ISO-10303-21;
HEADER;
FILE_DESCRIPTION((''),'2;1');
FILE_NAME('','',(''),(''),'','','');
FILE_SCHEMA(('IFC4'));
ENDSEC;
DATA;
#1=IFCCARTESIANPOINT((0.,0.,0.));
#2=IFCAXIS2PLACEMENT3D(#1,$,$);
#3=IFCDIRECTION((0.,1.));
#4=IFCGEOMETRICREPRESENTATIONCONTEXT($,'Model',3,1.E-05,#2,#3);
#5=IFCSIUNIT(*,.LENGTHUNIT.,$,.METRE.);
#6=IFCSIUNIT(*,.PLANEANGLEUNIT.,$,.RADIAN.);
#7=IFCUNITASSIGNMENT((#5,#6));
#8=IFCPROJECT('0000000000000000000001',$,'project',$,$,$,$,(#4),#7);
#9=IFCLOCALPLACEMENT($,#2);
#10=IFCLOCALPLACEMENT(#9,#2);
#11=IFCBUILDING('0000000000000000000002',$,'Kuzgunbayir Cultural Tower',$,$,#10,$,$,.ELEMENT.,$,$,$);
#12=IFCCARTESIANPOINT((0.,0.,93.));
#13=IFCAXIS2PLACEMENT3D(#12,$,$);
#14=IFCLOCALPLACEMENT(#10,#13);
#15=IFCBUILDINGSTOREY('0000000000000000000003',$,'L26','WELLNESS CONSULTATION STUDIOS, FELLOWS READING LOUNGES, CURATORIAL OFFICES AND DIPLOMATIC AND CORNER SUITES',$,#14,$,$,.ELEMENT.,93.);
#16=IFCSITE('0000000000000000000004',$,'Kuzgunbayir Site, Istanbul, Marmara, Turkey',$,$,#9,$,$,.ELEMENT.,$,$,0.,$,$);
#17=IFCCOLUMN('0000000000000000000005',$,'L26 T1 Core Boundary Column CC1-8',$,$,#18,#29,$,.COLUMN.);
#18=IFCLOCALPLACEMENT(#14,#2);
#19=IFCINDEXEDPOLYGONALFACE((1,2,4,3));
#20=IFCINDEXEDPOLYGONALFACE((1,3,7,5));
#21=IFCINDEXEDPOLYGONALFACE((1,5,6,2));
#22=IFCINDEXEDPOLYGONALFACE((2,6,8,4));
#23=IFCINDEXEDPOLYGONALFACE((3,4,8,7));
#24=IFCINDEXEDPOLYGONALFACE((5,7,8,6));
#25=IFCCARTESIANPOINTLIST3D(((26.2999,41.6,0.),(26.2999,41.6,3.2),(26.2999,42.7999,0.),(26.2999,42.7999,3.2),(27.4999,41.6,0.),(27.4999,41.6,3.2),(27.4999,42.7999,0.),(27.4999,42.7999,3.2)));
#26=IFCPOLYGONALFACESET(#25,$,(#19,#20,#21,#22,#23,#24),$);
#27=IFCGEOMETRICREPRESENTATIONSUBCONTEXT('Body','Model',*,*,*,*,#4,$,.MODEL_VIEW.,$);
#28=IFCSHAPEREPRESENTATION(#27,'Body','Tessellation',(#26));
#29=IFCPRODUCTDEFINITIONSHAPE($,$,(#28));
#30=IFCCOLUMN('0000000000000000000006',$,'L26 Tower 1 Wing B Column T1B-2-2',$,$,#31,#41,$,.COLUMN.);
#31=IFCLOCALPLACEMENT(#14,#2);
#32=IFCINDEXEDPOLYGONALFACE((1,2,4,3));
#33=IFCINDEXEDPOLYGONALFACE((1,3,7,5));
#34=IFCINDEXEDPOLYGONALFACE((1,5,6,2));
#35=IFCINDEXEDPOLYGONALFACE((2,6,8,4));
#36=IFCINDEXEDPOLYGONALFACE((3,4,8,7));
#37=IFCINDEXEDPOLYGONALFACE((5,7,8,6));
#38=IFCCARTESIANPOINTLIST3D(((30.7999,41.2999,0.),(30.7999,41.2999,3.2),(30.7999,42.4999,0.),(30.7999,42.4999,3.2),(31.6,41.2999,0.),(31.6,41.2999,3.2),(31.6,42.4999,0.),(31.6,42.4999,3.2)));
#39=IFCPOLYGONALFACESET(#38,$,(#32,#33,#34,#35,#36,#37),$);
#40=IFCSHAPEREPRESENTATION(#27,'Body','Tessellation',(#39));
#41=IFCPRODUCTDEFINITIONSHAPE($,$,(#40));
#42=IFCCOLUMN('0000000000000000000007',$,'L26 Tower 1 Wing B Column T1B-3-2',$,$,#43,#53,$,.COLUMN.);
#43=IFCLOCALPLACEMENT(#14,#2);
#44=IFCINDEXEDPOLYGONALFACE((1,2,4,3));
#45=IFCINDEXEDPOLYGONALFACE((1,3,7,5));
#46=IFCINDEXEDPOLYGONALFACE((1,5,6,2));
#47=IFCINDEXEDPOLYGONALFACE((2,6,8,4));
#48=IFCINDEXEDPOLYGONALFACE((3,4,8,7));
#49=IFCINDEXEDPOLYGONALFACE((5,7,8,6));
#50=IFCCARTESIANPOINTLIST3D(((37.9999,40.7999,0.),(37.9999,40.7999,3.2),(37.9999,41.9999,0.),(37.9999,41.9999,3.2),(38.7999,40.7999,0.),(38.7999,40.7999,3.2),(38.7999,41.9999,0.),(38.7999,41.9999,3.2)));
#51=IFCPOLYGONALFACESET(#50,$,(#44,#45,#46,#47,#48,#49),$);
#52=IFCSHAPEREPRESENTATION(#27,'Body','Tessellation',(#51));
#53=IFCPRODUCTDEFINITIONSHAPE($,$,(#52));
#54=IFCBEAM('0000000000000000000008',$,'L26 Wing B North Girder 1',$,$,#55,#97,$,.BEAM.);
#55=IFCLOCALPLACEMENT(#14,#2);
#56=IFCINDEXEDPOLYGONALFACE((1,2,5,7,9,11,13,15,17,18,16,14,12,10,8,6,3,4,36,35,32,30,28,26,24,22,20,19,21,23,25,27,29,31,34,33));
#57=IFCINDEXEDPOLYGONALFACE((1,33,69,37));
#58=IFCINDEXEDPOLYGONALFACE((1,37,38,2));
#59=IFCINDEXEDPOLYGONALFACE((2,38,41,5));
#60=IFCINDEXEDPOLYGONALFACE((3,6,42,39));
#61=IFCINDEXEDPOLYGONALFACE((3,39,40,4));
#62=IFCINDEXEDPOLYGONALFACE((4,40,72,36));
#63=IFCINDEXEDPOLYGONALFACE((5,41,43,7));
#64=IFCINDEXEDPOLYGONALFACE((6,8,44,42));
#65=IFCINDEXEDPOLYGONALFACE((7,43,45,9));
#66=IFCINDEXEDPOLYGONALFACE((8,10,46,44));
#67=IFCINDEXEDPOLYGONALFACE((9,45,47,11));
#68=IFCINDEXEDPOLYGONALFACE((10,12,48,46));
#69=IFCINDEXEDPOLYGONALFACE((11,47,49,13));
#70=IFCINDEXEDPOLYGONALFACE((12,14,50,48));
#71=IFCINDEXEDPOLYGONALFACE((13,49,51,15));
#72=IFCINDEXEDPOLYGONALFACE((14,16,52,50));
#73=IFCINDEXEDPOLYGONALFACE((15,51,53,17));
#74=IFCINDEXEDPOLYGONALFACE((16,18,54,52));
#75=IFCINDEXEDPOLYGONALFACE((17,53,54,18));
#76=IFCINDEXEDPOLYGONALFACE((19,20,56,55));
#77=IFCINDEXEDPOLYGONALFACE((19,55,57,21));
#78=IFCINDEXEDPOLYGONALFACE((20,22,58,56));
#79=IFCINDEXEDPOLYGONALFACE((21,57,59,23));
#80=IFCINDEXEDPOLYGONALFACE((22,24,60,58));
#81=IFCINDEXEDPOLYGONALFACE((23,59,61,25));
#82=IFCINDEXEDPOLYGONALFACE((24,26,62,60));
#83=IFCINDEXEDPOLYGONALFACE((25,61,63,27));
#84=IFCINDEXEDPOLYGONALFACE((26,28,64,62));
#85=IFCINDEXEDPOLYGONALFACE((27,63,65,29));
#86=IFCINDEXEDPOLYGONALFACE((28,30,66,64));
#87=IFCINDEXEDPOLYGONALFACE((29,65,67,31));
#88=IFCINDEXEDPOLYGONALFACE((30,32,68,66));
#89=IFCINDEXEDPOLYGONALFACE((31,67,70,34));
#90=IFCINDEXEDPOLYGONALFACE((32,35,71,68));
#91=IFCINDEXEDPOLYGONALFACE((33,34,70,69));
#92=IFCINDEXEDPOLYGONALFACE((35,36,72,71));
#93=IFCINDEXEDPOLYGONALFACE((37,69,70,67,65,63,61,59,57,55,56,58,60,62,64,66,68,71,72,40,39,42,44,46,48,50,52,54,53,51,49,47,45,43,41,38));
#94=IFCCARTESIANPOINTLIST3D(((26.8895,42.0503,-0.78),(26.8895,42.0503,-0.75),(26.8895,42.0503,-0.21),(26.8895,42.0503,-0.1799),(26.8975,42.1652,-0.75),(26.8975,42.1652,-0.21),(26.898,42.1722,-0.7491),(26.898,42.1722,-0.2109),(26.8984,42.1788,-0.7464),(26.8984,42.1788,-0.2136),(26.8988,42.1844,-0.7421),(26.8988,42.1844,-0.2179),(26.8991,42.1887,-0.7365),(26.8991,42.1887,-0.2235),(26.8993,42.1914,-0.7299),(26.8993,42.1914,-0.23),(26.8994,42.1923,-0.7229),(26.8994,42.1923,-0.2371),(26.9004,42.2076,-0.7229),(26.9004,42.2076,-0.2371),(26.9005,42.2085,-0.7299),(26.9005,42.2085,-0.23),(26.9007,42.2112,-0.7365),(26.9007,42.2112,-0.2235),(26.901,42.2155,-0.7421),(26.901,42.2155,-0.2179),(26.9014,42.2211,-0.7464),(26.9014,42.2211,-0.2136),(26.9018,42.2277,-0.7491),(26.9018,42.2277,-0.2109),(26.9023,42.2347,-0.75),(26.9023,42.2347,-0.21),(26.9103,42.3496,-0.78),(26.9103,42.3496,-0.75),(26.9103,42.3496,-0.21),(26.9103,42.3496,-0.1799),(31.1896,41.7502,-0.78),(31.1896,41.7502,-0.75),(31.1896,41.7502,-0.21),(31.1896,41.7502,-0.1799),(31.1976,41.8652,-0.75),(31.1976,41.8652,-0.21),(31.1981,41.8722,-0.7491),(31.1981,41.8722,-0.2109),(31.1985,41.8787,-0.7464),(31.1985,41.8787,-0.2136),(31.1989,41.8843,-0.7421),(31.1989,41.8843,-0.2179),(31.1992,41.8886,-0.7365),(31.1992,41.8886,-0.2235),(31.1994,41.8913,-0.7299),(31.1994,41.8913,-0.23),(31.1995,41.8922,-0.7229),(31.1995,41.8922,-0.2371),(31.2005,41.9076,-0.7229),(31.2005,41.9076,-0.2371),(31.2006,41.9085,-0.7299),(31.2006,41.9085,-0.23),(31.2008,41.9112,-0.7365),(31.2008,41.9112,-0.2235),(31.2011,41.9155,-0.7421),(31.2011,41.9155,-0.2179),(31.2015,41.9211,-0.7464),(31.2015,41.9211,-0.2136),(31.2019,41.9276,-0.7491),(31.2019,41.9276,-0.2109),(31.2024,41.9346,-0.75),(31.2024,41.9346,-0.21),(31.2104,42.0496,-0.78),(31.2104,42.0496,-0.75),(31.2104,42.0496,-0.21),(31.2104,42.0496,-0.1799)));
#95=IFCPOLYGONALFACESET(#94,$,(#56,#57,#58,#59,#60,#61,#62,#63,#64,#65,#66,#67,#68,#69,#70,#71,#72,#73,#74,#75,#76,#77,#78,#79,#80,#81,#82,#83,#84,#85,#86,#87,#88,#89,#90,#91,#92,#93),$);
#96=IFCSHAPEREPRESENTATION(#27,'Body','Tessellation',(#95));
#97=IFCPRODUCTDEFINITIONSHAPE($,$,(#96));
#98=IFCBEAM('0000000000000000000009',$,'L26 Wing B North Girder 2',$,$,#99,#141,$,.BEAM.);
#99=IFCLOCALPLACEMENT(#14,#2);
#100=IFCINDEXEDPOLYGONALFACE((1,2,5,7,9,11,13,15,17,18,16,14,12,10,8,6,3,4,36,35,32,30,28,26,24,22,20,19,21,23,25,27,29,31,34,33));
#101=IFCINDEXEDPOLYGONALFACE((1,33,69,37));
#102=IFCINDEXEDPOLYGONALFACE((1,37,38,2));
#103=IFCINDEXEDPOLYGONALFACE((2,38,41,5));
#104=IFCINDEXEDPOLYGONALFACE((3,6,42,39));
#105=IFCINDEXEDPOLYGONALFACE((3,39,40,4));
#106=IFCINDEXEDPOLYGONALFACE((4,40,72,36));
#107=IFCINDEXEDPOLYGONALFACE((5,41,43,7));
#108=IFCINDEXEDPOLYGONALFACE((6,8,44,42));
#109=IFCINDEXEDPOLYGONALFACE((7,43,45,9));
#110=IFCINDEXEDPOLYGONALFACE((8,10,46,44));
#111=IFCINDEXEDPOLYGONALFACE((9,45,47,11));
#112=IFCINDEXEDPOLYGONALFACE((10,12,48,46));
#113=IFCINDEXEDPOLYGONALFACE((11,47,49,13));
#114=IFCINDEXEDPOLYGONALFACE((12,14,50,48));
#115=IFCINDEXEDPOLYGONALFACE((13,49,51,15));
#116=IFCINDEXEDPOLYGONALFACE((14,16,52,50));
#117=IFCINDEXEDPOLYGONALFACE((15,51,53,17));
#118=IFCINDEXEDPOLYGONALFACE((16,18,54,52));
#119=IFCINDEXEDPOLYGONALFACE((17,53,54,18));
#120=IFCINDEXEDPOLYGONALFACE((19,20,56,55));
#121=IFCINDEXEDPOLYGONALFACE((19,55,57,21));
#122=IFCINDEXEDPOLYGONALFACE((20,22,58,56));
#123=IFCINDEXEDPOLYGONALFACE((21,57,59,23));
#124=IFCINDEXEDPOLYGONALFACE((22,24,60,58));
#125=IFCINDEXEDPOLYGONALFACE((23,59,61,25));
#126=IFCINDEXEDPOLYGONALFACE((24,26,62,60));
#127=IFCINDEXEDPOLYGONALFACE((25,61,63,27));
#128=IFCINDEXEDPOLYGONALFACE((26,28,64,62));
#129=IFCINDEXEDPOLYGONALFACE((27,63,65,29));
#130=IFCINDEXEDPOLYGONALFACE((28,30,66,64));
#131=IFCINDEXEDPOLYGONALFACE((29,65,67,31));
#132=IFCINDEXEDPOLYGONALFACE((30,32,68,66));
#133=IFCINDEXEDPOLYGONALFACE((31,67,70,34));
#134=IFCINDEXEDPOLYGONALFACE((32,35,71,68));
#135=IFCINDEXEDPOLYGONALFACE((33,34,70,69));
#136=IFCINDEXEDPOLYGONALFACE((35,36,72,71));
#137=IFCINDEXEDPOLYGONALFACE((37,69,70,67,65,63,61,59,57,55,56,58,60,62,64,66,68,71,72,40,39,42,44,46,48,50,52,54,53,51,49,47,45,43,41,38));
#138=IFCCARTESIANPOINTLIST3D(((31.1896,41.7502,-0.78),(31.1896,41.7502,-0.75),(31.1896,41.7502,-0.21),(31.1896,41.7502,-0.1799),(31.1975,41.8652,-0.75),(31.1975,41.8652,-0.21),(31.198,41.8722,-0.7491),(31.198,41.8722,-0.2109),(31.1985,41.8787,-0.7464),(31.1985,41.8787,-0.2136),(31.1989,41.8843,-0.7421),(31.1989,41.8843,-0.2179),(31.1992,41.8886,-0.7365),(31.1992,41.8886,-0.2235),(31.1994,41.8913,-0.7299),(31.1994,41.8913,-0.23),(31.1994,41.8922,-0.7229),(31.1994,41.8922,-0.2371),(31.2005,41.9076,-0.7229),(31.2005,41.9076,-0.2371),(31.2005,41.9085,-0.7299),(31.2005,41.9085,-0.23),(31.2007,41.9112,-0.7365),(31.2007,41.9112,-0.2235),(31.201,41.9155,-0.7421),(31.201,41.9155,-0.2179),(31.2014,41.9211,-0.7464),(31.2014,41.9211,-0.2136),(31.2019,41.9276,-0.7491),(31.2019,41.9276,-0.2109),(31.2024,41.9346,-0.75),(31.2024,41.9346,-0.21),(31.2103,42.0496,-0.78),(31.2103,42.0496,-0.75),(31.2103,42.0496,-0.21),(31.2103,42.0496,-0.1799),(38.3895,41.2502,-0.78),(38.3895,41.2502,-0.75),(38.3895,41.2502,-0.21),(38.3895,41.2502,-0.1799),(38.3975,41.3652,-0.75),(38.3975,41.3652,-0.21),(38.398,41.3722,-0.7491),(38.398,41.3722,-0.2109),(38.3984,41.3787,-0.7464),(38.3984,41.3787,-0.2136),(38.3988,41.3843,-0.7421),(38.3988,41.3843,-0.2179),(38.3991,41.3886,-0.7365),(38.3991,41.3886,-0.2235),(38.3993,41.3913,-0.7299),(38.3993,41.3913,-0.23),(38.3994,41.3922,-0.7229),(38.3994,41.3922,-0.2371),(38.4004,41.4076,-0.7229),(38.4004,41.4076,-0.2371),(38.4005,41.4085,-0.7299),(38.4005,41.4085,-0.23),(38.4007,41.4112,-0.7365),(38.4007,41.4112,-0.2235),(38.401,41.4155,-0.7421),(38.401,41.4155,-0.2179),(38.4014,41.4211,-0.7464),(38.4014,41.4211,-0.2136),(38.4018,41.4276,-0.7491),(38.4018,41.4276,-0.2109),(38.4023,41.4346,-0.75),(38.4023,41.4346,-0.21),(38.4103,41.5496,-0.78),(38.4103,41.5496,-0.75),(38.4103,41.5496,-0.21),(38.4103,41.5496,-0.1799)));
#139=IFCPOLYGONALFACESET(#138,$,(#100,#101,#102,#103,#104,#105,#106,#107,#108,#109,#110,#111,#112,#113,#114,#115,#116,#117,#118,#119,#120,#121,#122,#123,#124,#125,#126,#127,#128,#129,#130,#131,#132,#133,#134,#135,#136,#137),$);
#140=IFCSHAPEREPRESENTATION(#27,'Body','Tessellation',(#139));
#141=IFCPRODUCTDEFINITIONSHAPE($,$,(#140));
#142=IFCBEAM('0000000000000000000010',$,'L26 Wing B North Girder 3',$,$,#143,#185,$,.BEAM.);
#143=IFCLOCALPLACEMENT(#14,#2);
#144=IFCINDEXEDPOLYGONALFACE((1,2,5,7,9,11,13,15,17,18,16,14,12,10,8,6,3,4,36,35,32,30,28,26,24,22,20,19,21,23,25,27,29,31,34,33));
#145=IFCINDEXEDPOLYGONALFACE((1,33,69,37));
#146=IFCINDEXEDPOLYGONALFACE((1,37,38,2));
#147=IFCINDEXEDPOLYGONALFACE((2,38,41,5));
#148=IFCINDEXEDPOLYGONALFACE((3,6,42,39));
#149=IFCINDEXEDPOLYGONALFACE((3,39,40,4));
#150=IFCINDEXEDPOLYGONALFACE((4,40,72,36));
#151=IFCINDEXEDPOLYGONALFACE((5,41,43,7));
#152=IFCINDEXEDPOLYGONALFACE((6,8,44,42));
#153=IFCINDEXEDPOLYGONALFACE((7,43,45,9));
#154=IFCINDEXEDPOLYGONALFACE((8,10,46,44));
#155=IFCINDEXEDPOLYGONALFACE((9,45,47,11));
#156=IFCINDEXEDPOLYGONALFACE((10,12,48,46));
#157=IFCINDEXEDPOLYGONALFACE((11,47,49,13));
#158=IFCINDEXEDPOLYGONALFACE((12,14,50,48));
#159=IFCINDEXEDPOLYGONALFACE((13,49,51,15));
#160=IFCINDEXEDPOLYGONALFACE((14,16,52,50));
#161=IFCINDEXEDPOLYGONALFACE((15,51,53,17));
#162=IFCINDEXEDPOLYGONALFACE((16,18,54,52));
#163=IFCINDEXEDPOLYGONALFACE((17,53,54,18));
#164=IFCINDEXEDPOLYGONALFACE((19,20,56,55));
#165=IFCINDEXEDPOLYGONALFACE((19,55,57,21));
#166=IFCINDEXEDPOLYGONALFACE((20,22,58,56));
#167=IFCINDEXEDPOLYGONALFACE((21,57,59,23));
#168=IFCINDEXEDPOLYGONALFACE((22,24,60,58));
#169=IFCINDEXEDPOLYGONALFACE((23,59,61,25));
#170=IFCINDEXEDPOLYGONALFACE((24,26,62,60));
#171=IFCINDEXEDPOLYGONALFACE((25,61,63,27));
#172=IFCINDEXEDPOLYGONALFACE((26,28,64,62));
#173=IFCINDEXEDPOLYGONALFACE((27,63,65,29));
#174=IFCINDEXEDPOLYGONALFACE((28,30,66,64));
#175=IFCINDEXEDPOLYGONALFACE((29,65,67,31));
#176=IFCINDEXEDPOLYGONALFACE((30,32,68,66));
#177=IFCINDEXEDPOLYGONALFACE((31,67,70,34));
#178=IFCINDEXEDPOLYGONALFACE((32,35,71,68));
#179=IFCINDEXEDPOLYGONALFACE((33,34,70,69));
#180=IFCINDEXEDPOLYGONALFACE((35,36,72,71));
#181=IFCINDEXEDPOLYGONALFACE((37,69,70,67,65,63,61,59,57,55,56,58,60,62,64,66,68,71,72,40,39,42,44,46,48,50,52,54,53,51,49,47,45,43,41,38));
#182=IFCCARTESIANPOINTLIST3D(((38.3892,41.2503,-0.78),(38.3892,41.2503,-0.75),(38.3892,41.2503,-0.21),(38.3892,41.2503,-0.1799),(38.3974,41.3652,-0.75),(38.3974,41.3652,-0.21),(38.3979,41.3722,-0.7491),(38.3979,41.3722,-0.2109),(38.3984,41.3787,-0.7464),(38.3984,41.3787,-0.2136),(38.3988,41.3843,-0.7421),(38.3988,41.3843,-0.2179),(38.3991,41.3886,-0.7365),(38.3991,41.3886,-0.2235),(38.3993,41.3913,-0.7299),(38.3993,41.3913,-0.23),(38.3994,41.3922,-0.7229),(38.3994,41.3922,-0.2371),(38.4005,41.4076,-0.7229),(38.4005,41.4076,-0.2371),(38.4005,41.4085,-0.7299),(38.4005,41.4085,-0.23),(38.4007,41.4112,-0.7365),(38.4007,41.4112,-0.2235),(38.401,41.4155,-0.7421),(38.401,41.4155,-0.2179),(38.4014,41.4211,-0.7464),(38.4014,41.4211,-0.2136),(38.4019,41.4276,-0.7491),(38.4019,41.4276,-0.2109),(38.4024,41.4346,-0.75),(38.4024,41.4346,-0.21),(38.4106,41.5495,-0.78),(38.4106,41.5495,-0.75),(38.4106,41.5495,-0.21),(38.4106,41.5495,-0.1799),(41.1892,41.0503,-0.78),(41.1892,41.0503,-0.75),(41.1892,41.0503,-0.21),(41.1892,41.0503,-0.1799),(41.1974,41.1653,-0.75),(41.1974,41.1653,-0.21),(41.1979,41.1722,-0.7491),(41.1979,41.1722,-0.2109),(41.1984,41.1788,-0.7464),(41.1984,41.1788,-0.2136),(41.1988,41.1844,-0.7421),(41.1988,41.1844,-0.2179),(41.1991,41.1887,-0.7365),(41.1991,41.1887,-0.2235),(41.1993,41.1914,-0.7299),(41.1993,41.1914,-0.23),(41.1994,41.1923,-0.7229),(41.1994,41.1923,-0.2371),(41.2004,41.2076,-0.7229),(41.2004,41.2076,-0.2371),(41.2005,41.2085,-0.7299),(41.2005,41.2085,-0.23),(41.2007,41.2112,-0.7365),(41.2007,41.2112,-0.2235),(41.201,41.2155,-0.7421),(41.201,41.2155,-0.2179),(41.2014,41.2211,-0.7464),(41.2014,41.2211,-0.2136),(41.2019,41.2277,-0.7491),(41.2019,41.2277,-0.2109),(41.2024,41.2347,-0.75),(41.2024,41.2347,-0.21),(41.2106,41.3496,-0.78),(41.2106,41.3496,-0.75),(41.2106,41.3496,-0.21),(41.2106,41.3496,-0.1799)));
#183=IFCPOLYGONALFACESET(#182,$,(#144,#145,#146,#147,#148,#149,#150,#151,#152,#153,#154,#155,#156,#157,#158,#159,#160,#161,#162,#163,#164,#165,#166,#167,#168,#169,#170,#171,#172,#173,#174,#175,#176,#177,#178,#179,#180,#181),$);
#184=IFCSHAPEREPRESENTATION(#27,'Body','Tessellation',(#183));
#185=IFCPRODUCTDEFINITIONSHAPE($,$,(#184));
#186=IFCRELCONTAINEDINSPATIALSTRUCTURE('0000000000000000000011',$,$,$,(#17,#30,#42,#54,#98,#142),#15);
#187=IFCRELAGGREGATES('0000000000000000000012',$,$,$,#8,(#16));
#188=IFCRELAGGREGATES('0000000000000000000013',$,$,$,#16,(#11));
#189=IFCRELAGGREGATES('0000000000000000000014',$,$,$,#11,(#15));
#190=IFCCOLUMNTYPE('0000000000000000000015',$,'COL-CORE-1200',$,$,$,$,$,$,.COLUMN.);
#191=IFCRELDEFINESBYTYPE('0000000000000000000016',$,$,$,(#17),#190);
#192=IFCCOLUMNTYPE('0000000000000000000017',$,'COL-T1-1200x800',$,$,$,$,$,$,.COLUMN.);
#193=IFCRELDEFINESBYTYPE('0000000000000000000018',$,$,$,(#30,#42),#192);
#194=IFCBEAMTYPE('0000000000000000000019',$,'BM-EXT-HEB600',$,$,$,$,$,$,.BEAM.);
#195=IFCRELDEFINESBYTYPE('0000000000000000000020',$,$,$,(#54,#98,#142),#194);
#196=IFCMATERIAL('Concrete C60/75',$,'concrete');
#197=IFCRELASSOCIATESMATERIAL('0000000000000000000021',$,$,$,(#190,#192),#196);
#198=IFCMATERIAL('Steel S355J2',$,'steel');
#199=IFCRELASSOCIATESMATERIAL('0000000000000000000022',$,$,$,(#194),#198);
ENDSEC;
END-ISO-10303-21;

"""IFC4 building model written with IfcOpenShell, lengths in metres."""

from ifc_helpers import new_model, si_unit, direction, frame, origin, origin_2d, place, context, subcontext, project, spatial, rectangle, i_section, extrude, material, material_profile, profile_set, type_object, element, save


model = new_model("IFC4")

# Units and contexts
model_context = context("Model", 3, precision=1e-05, world=origin(), true_north=direction((0.0, 1.0)))
body_context = subcontext(model_context, "Body", "Model", "MODEL_VIEW")
ifc_project = project(units=[si_unit("LENGTHUNIT", "METRE"), si_unit("PLANEANGLEUNIT", "RADIAN")], contexts=[model_context])

# Site, building, storey
site_placement = place(None, origin())
site = spatial("IfcSite", under=ifc_project, at=site_placement, Name="Kuzgunbayir Site, Istanbul, Marmara, Turkey", CompositionType="ELEMENT", RefElevation=0.0)
building_placement = place(site_placement, origin())
building = spatial("IfcBuilding", under=site, at=building_placement, Name="Kuzgunbayir Cultural Tower", CompositionType="ELEMENT")
storey_placement = place(building_placement, frame((0.0, 0.0, 93.0)))
storey = spatial("IfcBuildingStorey", under=building, at=storey_placement, Name="L26", Description="WELLNESS CONSULTATION STUDIOS, FELLOWS READING LOUNGES, CURATORIAL OFFICES AND DIPLOMATIC AND CORNER SUITES", CompositionType="ELEMENT", Elevation=93.0)

# Columns
ifc_material_1 = material(Name="Concrete C60/75", Category="concrete")
ifc_material_profile_1 = material_profile(ifc_material_1, rectangle(XDim=1.2, YDim=1.2, at=origin_2d()), Name="RC 1200x1200")
ifc_profile_set_1 = profile_set([ifc_material_profile_1], Name="Concrete C60/75")
column_type_1 = type_object("IfcColumnType", Name="COL-CORE-1200", PredefinedType="COLUMN", material=ifc_profile_set_1)
column_placement = place(storey_placement, frame((26.8999, 42.2, 0.0), z_axis=(0.0, 0.0, 1.0), x_axis=(1.0, 0.0, 0.0)))
element("IfcColumn", 1, at=column_placement, inside=storey, type_object=column_type_1, Name="L26 T1 Core Boundary Column CC1-8", PredefinedType="COLUMN", context=body_context, shape_type="SweptSolid", body=[
    extrude(rectangle(XDim=1.2, YDim=1.2, at=origin_2d()), origin(), (0.0, 0.0, 1.0), 3.2),
])
ifc_material_profile_2 = material_profile(ifc_material_1, rectangle(XDim=0.8, YDim=1.2, at=origin_2d()), Name="RC 1200x800")
ifc_profile_set_2 = profile_set([ifc_material_profile_2], Name="Concrete C60/75")
column_type_2 = type_object("IfcColumnType", Name="COL-T1-1200x800", PredefinedType="COLUMN", material=ifc_profile_set_2)
for number, where, z_axis, x_axis, name in (
    (2, (31.2, 41.8999, 0.0), (0.0, 0.0, 1.0), (1.0, 0.0, 0.0), "L26 Tower 1 Wing B Column T1B-2-2"),
    (3, (38.3999, 41.3999, 0.0), (0.0, 0.0, 1.0), (1.0, 0.0, 0.0), "L26 Tower 1 Wing B Column T1B-3-2"),
):
    element("IfcColumn", number, at=place(storey_placement, frame(where, z_axis=z_axis, x_axis=x_axis)), inside=storey, type_object=column_type_2, Name=name, PredefinedType="COLUMN", context=body_context, shape_type="SweptSolid", body=[
        extrude(rectangle(XDim=0.8, YDim=1.2, at=origin_2d()), origin(), (0.0, 0.0, 1.0), 3.2),
    ])

# Beams
ifc_material_2 = material(Name="Steel S355J2", Category="steel")
ifc_material_profile_3 = material_profile(ifc_material_2, i_section(OverallWidth=0.3, OverallDepth=0.6001, WebThickness=0.0154, FlangeThickness=0.03, FilletRadius=0.0271, at=origin_2d()), Name="HEB 600")
ifc_profile_set_3 = profile_set([ifc_material_profile_3], Name="Steel S355J2")
beam_type_1 = type_object("IfcBeamType", Name="BM-EXT-HEB600", PredefinedType="BEAM", material=ifc_profile_set_3)
beam_1_placement = place(storey_placement, frame((26.8999, 42.2, -0.48), z_axis=(0.997574, -0.069609, 0.0), x_axis=(0.069609, 0.997574, 0.0)))
element("IfcBeam", 4, at=beam_1_placement, inside=storey, type_object=beam_type_1, Name="L26 Wing B North Girder 1", PredefinedType="BEAM", context=body_context, shape_type="SweptSolid", body=[
    extrude(i_section(OverallWidth=0.3, OverallDepth=0.6001, WebThickness=0.0154, FlangeThickness=0.03, FilletRadius=0.0271, at=origin_2d()), origin(), (0.0, 0.0, 1.0), 4.3105),
])
beam_2_placement = place(storey_placement, frame((31.2, 41.8999, -0.48), z_axis=(0.997597, -0.069278, 0.0), x_axis=(0.069278, 0.997597, 0.0)))
element("IfcBeam", 5, at=beam_2_placement, inside=storey, type_object=beam_type_1, Name="L26 Wing B North Girder 2", PredefinedType="BEAM", context=body_context, shape_type="SweptSolid", body=[
    extrude(i_section(OverallWidth=0.3, OverallDepth=0.6001, WebThickness=0.0154, FlangeThickness=0.03, FilletRadius=0.0271, at=origin_2d()), origin(), (0.0, 0.0, 1.0), 7.2173),
])
beam_3_placement = place(storey_placement, frame((38.3999, 41.3999, -0.48), z_axis=(0.99746, -0.071229, 0.0), x_axis=(0.071229, 0.99746, 0.0)))
element("IfcBeam", 6, at=beam_3_placement, inside=storey, type_object=beam_type_1, Name="L26 Wing B North Girder 3", PredefinedType="BEAM", context=body_context, shape_type="SweptSolid", body=[
    extrude(i_section(OverallWidth=0.3, OverallDepth=0.6001, WebThickness=0.0154, FlangeThickness=0.03, FilletRadius=0.0271, at=origin_2d()), origin(), (0.0, 0.0, 1.0), 2.8071),
])

save(model, "model.ifc")
